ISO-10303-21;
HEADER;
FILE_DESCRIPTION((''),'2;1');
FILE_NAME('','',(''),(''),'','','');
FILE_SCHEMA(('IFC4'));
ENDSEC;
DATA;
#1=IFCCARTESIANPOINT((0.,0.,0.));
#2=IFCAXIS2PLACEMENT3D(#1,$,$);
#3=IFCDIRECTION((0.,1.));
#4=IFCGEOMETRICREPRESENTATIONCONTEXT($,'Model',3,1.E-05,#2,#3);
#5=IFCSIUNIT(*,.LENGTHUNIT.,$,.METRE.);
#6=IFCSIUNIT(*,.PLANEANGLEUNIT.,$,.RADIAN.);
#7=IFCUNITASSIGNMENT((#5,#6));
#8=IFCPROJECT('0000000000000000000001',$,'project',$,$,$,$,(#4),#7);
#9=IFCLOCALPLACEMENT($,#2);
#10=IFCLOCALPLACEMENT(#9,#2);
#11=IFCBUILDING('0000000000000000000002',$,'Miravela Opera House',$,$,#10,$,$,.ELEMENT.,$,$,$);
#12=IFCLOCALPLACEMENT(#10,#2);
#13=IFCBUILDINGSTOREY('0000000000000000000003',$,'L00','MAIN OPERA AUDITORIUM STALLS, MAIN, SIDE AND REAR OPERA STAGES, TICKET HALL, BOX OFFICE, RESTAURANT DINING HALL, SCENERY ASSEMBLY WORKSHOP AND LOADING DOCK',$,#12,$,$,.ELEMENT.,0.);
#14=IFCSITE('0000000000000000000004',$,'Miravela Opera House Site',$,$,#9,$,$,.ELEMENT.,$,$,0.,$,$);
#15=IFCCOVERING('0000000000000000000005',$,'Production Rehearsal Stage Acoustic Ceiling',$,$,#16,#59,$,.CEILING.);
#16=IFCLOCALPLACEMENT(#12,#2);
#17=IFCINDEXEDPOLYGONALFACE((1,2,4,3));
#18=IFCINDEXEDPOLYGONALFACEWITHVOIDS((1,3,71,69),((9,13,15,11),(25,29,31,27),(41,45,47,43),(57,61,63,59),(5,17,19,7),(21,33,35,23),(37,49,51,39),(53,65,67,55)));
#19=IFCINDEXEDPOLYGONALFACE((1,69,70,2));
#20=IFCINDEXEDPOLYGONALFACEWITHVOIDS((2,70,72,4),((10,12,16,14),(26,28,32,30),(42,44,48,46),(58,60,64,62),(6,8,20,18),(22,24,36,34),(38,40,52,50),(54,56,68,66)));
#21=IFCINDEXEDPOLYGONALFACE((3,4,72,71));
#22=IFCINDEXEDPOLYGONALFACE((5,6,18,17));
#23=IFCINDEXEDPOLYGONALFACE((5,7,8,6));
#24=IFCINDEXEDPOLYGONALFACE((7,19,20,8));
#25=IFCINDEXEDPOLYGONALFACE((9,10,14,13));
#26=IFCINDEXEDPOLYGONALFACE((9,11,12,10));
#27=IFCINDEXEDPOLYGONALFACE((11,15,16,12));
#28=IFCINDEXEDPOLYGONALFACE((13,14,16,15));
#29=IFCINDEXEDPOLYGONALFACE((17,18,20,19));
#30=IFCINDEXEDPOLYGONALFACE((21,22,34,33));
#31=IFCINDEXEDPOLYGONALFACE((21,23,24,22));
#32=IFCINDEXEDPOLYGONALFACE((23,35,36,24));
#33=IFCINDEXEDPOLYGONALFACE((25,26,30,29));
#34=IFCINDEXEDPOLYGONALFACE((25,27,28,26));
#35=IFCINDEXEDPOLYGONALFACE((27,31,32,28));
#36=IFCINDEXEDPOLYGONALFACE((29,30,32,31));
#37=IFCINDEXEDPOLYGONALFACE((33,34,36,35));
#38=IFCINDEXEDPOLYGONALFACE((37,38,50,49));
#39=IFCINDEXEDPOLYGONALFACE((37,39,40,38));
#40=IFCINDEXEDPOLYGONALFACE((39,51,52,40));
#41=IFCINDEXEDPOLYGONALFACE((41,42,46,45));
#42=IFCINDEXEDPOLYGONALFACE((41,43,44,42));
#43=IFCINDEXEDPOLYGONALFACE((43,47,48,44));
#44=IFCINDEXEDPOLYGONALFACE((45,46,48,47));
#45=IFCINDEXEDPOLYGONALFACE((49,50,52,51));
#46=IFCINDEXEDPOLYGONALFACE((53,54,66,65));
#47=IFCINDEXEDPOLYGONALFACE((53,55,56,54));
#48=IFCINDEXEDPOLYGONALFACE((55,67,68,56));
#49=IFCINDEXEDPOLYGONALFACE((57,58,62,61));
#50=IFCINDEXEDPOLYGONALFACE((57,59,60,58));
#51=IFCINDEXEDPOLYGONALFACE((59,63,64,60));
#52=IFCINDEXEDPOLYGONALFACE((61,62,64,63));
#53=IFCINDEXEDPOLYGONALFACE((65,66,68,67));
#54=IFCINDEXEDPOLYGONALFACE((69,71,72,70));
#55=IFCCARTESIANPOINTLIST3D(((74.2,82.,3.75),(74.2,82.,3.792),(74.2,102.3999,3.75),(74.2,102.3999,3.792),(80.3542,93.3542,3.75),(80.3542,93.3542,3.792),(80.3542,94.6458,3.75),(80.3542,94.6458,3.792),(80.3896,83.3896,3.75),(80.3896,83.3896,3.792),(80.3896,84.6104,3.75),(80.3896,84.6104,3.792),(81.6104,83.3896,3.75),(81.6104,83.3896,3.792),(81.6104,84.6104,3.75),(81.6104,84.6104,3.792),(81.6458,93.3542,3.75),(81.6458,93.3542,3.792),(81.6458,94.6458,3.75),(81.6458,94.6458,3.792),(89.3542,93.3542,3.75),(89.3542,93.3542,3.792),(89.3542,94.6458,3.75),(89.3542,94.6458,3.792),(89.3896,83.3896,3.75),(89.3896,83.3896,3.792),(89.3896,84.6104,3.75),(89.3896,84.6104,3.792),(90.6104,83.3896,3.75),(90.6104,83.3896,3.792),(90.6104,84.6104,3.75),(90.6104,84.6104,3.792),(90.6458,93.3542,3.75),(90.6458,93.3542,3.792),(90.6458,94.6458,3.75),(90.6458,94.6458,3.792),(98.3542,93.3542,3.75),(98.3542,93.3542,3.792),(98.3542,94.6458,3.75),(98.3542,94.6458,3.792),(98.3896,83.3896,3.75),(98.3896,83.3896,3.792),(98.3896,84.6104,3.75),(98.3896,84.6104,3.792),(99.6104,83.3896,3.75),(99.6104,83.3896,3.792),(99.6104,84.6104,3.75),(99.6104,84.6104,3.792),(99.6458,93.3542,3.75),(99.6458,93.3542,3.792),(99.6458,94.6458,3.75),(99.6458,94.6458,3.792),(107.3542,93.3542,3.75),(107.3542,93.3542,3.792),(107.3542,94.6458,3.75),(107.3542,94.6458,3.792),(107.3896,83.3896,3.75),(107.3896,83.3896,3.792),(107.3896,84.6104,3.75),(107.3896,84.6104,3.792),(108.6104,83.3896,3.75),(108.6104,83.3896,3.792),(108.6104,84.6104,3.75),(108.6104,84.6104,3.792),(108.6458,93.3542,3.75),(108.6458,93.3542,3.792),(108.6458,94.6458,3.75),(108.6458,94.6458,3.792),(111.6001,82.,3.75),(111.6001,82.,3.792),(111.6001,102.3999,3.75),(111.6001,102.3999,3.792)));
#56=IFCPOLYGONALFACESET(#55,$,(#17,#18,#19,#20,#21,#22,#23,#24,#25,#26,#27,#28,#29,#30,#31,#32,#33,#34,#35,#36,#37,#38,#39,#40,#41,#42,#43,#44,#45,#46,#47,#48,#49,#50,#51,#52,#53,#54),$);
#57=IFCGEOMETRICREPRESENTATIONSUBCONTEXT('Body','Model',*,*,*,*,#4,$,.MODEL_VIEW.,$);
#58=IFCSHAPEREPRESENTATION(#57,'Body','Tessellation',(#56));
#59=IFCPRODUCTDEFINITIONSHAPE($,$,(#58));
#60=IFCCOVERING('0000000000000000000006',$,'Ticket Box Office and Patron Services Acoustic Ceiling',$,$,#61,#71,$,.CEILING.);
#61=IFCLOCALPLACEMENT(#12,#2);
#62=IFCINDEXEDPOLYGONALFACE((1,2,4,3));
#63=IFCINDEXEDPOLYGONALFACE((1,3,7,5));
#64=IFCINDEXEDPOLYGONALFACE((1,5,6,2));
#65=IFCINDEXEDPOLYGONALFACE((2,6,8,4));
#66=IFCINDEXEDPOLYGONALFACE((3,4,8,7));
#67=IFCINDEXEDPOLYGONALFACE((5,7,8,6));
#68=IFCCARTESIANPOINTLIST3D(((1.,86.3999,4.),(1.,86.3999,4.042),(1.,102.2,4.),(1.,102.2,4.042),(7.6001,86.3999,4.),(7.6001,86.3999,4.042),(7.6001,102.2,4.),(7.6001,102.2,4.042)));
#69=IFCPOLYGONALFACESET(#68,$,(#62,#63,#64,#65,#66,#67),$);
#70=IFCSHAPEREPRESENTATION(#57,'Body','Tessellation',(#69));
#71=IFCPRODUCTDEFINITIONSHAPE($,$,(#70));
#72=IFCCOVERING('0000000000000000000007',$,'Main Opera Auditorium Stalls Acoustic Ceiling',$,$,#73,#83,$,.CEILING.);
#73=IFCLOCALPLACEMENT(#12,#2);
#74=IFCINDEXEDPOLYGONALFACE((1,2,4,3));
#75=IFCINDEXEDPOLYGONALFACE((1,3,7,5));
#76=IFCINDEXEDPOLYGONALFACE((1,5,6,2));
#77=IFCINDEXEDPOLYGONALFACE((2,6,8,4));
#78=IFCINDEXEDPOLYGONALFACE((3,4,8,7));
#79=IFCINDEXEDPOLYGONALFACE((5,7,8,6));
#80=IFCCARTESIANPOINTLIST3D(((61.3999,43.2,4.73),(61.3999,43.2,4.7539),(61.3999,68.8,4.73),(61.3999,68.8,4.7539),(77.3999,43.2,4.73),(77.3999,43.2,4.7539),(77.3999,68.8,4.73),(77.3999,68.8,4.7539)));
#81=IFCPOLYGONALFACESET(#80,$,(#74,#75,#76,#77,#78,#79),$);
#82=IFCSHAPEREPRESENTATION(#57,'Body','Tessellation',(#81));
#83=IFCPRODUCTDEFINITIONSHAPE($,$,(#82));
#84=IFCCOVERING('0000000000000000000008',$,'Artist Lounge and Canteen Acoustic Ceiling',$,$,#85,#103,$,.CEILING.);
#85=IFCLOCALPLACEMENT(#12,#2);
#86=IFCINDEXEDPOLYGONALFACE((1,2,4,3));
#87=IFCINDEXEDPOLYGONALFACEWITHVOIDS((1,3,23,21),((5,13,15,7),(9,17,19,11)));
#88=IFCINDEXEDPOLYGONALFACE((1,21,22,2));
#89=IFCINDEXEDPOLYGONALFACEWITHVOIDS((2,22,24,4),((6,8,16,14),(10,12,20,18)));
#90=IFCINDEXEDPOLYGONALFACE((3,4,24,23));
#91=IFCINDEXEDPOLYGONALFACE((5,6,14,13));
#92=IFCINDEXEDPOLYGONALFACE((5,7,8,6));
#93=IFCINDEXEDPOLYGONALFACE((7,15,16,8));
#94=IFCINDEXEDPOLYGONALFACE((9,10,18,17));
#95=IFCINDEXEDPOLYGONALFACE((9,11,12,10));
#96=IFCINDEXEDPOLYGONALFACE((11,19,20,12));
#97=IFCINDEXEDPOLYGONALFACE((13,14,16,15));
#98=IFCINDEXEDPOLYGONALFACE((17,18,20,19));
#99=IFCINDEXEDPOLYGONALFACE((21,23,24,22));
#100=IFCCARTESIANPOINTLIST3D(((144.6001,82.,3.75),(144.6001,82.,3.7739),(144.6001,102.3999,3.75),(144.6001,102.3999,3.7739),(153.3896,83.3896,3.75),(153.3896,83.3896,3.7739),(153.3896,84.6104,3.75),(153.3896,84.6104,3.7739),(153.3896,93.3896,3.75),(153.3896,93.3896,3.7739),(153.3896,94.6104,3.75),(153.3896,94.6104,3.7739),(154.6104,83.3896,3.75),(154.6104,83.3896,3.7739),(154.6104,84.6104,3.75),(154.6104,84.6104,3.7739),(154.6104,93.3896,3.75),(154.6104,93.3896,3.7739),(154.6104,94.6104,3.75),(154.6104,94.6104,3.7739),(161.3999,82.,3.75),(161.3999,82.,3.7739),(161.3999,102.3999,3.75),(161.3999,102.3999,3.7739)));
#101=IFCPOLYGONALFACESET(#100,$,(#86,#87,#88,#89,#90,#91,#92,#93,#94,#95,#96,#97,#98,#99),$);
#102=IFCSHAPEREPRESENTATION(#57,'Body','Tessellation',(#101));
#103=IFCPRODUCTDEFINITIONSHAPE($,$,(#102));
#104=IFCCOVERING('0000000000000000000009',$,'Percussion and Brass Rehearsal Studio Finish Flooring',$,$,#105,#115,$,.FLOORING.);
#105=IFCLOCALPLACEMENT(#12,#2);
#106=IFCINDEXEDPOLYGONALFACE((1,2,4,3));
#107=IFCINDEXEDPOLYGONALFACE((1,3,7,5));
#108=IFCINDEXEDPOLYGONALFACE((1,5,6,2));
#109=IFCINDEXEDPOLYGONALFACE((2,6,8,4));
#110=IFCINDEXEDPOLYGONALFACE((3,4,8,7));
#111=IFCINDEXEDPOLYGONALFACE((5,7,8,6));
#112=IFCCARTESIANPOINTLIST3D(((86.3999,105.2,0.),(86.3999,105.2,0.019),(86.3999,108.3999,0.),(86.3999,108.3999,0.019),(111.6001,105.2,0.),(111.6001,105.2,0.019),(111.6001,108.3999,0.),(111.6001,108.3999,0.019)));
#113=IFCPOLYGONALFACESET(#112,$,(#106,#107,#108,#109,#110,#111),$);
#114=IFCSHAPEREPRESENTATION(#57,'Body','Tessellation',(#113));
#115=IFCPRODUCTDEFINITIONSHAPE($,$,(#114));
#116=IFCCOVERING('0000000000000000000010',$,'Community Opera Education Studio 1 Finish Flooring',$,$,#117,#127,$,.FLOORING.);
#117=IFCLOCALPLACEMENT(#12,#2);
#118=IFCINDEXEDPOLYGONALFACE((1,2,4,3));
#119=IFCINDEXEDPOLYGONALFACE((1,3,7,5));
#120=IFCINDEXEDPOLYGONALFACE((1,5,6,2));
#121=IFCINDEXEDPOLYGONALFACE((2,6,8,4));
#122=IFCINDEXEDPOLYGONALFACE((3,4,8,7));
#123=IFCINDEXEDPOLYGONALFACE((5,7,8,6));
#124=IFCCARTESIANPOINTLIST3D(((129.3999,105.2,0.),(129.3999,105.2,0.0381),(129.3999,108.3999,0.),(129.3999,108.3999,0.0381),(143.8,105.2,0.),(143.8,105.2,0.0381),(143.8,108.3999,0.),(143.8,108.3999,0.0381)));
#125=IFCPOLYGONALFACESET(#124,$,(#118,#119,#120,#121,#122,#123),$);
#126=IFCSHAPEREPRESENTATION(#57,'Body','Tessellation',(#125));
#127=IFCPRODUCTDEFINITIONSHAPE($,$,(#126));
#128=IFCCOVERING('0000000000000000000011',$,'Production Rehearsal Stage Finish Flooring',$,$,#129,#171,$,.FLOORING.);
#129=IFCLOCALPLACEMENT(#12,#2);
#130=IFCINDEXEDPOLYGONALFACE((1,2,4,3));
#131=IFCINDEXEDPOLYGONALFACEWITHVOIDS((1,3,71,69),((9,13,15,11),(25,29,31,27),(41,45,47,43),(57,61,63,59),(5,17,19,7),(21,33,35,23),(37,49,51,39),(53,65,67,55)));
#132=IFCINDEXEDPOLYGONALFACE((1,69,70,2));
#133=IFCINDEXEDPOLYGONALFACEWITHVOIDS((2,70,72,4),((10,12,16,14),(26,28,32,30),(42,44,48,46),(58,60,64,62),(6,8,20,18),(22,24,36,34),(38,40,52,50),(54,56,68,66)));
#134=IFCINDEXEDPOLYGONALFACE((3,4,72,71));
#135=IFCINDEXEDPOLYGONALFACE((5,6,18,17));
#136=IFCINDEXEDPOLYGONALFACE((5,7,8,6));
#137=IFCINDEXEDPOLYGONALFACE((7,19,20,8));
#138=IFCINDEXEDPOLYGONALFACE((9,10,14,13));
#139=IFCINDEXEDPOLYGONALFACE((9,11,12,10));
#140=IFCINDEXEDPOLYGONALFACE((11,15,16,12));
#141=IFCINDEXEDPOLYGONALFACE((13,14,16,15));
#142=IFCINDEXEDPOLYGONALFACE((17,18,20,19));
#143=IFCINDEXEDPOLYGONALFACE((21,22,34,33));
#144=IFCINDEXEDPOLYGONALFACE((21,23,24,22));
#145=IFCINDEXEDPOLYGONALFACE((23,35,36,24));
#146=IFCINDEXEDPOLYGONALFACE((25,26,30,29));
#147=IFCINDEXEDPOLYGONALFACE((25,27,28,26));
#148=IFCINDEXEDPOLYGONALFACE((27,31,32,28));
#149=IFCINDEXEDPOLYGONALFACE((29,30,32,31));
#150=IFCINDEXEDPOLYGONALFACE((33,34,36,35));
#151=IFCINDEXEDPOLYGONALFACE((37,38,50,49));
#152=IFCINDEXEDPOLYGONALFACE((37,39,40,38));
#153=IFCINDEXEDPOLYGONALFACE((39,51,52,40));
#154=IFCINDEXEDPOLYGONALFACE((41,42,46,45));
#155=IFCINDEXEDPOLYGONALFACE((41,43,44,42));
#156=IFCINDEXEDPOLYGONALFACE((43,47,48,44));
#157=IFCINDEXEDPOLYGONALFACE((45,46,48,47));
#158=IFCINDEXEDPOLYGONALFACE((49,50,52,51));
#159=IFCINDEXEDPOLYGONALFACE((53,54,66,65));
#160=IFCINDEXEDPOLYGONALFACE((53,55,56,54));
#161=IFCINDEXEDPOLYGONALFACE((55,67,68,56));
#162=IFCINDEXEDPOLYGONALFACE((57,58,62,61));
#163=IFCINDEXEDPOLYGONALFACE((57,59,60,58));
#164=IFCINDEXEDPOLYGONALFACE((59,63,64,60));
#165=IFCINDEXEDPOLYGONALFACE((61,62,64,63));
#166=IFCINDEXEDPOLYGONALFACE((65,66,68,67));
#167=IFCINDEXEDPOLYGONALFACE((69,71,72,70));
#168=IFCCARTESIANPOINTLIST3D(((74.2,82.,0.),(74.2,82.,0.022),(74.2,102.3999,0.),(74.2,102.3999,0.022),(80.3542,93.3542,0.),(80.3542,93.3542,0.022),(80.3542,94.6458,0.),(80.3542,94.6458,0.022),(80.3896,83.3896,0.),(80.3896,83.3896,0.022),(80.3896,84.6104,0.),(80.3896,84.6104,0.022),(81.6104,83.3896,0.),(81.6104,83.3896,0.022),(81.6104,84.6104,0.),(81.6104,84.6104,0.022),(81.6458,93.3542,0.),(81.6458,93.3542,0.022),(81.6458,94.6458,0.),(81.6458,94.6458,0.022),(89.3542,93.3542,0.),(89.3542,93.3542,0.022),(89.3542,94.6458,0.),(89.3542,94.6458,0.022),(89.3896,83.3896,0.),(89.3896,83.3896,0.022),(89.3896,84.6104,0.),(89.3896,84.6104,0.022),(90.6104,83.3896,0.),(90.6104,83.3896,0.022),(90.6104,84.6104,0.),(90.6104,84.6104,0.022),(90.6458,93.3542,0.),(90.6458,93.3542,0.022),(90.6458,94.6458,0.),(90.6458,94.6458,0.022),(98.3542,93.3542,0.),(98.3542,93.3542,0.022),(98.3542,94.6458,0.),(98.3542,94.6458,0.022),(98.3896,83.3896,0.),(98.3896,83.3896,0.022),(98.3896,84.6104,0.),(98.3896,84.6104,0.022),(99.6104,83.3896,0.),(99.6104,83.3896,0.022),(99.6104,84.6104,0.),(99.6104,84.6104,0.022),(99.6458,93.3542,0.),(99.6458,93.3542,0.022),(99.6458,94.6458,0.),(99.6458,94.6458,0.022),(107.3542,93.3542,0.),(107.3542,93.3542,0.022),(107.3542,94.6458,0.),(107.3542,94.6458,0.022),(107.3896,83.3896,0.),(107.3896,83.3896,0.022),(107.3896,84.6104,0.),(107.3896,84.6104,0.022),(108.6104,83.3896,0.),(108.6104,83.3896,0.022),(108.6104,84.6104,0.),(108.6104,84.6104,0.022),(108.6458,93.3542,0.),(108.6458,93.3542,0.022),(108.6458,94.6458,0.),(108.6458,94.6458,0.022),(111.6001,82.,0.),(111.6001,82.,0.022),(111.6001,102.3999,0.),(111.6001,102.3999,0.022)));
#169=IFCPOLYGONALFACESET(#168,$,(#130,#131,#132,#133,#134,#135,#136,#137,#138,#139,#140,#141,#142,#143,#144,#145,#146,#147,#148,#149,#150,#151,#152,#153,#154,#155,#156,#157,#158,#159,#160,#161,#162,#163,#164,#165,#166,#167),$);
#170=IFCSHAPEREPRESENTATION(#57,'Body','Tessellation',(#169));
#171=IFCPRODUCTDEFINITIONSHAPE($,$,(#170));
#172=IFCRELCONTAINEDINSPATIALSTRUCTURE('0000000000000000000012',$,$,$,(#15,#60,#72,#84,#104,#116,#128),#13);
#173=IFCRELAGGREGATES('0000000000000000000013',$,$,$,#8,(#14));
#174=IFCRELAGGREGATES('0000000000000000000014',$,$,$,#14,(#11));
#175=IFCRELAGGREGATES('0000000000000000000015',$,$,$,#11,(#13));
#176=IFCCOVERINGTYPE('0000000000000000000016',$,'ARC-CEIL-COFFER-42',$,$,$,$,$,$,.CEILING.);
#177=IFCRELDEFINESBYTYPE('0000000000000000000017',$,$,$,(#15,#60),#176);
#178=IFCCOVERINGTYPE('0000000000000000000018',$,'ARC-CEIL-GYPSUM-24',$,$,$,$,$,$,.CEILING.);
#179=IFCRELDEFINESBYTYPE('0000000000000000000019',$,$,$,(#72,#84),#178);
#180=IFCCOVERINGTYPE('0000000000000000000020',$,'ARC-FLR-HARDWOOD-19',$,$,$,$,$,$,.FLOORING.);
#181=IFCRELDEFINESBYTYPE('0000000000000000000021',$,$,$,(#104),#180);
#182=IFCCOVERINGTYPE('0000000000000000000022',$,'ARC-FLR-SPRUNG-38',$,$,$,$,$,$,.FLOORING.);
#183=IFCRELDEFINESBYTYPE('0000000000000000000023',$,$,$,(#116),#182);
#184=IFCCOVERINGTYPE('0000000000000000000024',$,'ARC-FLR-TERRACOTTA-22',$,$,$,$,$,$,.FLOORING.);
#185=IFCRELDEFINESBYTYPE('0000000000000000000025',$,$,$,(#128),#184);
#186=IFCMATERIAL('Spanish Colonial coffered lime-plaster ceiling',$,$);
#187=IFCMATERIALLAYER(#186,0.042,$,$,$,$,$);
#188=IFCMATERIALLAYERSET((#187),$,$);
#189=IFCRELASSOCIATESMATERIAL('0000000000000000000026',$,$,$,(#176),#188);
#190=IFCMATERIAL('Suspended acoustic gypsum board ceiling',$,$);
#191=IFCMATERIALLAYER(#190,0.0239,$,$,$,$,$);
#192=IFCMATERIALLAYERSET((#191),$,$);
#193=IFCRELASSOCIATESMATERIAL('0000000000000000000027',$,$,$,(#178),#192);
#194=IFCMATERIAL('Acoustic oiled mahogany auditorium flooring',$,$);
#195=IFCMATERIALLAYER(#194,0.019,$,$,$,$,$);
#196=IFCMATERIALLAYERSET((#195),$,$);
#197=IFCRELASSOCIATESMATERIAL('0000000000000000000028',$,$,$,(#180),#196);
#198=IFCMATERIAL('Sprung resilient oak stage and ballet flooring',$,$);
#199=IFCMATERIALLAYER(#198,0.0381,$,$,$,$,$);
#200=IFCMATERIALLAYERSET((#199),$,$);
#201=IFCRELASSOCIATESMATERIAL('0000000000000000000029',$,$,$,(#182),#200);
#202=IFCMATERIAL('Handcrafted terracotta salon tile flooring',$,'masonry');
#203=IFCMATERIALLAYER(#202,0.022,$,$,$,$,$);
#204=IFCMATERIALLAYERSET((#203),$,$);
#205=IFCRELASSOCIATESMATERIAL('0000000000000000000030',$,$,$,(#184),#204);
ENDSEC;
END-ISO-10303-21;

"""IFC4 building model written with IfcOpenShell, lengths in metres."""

from ifc_helpers import new_model, si_unit, direction, frame, origin, place, context, subcontext, project, spatial, polyline, outline, extrude, material, layer, layer_set, type_object, element, save


model = new_model("IFC4")

# Units and contexts
model_context = context("Model", 3, precision=1e-05, world=origin(), true_north=direction((0.0, 1.0)))
body_context = subcontext(model_context, "Body", "Model", "MODEL_VIEW")
ifc_project = project(units=[si_unit("LENGTHUNIT", "METRE"), si_unit("PLANEANGLEUNIT", "RADIAN")], contexts=[model_context])

# Site, building, storey
site_placement = place(None, origin())
site = spatial("IfcSite", under=ifc_project, at=site_placement, Name="Miravela Opera House Site", CompositionType="ELEMENT", RefElevation=0.0)
building_placement = place(site_placement, origin())
building = spatial("IfcBuilding", under=site, at=building_placement, Name="Miravela Opera House", CompositionType="ELEMENT")
storey_placement = place(building_placement, origin())
storey = spatial("IfcBuildingStorey", under=building, at=storey_placement, Name="L00", Description="MAIN OPERA AUDITORIUM STALLS, MAIN, SIDE AND REAR OPERA STAGES, TICKET HALL, BOX OFFICE, RESTAURANT DINING HALL, SCENERY ASSEMBLY WORKSHOP AND LOADING DOCK", CompositionType="ELEMENT", Elevation=0.0)

# Coverings
ifc_material_1 = material(Name="Spanish Colonial coffered lime-plaster ceiling")
ifc_layer_1 = layer(ifc_material_1, 0.042)
ifc_layer_set_1 = layer_set([ifc_layer_1])
covering_type_1 = type_object("IfcCoveringType", Name="ARC-CEIL-COFFER-42", PredefinedType="CEILING", material=ifc_layer_set_1)
covering_1_placement = place(storey_placement, frame((0.0, 0.0, 3.75)))
element("IfcCovering", 1, at=covering_1_placement, inside=storey, type_object=covering_type_1, Name="Production Rehearsal Stage Acoustic Ceiling", PredefinedType="CEILING", context=body_context, shape_type="SweptSolid", body=[
    extrude(outline(polyline([(74.2, 82.0), (111.6001, 82.0), (111.6001, 102.3999), (74.2, 102.3999), (74.2, 82.0)]), holes=[polyline([(80.3896, 83.3896), (81.6104, 83.3896), (81.6104, 84.6104), (80.3896, 84.6104), (80.3896, 83.3896)]), polyline([(80.3542, 93.3542), (81.6458, 93.3542), (81.6458, 94.6458), (80.3542, 94.6458), (80.3542, 93.3542)]), polyline([(89.3896, 83.3896), (90.6104, 83.3896), (90.6104, 84.6104), (89.3896, 84.6104), (89.3896, 83.3896)]), polyline([(89.3542, 93.3542), (90.6458, 93.3542), (90.6458, 94.6458), (89.3542, 94.6458), (89.3542, 93.3542)]), polyline([(98.3896, 83.3896), (99.6104, 83.3896), (99.6104, 84.6104), (98.3896, 84.6104), (98.3896, 83.3896)]), polyline([(98.3542, 93.3542), (99.6458, 93.3542), (99.6458, 94.6458), (98.3542, 94.6458), (98.3542, 93.3542)]), polyline([(107.3896, 83.3896), (108.6104, 83.3896), (108.6104, 84.6104), (107.3896, 84.6104), (107.3896, 83.3896)]), polyline([(107.3542, 93.3542), (108.6458, 93.3542), (108.6458, 94.6458), (107.3542, 94.6458), (107.3542, 93.3542)])]), origin(), (0.0, 0.0, 1.0), 0.042),
])
covering_2_placement = place(storey_placement, frame((0.0, 0.0, 4.0)))
element("IfcCovering", 2, at=covering_2_placement, inside=storey, type_object=covering_type_1, Name="Ticket Box Office and Patron Services Acoustic Ceiling", PredefinedType="CEILING", context=body_context, shape_type="SweptSolid", body=[
    extrude(outline(polyline([(1.0, 86.3999), (7.6001, 86.3999), (7.6001, 102.2), (1.0, 102.2), (1.0, 86.3999)])), origin(), (0.0, 0.0, 1.0), 0.042),
])
ifc_material_2 = material(Name="Suspended acoustic gypsum board ceiling")
ifc_layer_2 = layer(ifc_material_2, 0.0239)
ifc_layer_set_2 = layer_set([ifc_layer_2])
covering_type_2 = type_object("IfcCoveringType", Name="ARC-CEIL-GYPSUM-24", PredefinedType="CEILING", material=ifc_layer_set_2)
covering_3_placement = place(storey_placement, frame((0.0, 0.0, 4.73)))
element("IfcCovering", 3, at=covering_3_placement, inside=storey, type_object=covering_type_2, Name="Main Opera Auditorium Stalls Acoustic Ceiling", PredefinedType="CEILING", context=body_context, shape_type="SweptSolid", body=[
    extrude(outline(polyline([(61.3999, 43.2), (77.3999, 43.2), (77.3999, 68.8), (61.3999, 68.8), (61.3999, 43.2)])), origin(), (0.0, 0.0, 1.0), 0.0239),
])
covering_4_placement = place(storey_placement, frame((0.0, 0.0, 3.75)))
element("IfcCovering", 4, at=covering_4_placement, inside=storey, type_object=covering_type_2, Name="Artist Lounge and Canteen Acoustic Ceiling", PredefinedType="CEILING", context=body_context, shape_type="SweptSolid", body=[
    extrude(outline(polyline([(144.6001, 82.0), (161.3999, 82.0), (161.3999, 102.3999), (144.6001, 102.3999), (144.6001, 82.0)]), holes=[polyline([(153.3896, 83.3896), (154.6104, 83.3896), (154.6104, 84.6104), (153.3896, 84.6104), (153.3896, 83.3896)]), polyline([(153.3896, 93.3896), (154.6104, 93.3896), (154.6104, 94.6104), (153.3896, 94.6104), (153.3896, 93.3896)])]), origin(), (0.0, 0.0, 1.0), 0.0239),
])
ifc_material_3 = material(Name="Acoustic oiled mahogany auditorium flooring")
ifc_layer_3 = layer(ifc_material_3, 0.019)
ifc_layer_set_3 = layer_set([ifc_layer_3])
covering_type_3 = type_object("IfcCoveringType", Name="ARC-FLR-HARDWOOD-19", PredefinedType="FLOORING", material=ifc_layer_set_3)
covering_5_placement = place(storey_placement, origin())
element("IfcCovering", 5, at=covering_5_placement, inside=storey, type_object=covering_type_3, Name="Percussion and Brass Rehearsal Studio Finish Flooring", PredefinedType="FLOORING", context=body_context, shape_type="SweptSolid", body=[
    extrude(outline(polyline([(86.3999, 105.2), (111.6001, 105.2), (111.6001, 108.3999), (86.3999, 108.3999), (86.3999, 105.2)])), origin(), (0.0, 0.0, 1.0), 0.019),
])
ifc_material_4 = material(Name="Sprung resilient oak stage and ballet flooring")
ifc_layer_4 = layer(ifc_material_4, 0.0381)
ifc_layer_set_4 = layer_set([ifc_layer_4])
covering_type_4 = type_object("IfcCoveringType", Name="ARC-FLR-SPRUNG-38", PredefinedType="FLOORING", material=ifc_layer_set_4)
covering_6_placement = place(storey_placement, origin())
element("IfcCovering", 6, at=covering_6_placement, inside=storey, type_object=covering_type_4, Name="Community Opera Education Studio 1 Finish Flooring", PredefinedType="FLOORING", context=body_context, shape_type="SweptSolid", body=[
    extrude(outline(polyline([(129.3999, 105.2), (143.8, 105.2), (143.8, 108.3999), (129.3999, 108.3999), (129.3999, 105.2)])), origin(), (0.0, 0.0, 1.0), 0.0381),
])
ifc_material_5 = material(Name="Handcrafted terracotta salon tile flooring", Category="masonry")
ifc_layer_5 = layer(ifc_material_5, 0.022)
ifc_layer_set_5 = layer_set([ifc_layer_5])
covering_type_5 = type_object("IfcCoveringType", Name="ARC-FLR-TERRACOTTA-22", PredefinedType="FLOORING", material=ifc_layer_set_5)
covering_7_placement = place(storey_placement, origin())
element("IfcCovering", 7, at=covering_7_placement, inside=storey, type_object=covering_type_5, Name="Production Rehearsal Stage Finish Flooring", PredefinedType="FLOORING", context=body_context, shape_type="SweptSolid", body=[
    extrude(outline(polyline([(74.2, 82.0), (111.6001, 82.0), (111.6001, 102.3999), (74.2, 102.3999), (74.2, 82.0)]), holes=[polyline([(80.3896, 83.3896), (81.6104, 83.3896), (81.6104, 84.6104), (80.3896, 84.6104), (80.3896, 83.3896)]), polyline([(80.3542, 93.3542), (81.6458, 93.3542), (81.6458, 94.6458), (80.3542, 94.6458), (80.3542, 93.3542)]), polyline([(89.3896, 83.3896), (90.6104, 83.3896), (90.6104, 84.6104), (89.3896, 84.6104), (89.3896, 83.3896)]), polyline([(89.3542, 93.3542), (90.6458, 93.3542), (90.6458, 94.6458), (89.3542, 94.6458), (89.3542, 93.3542)]), polyline([(98.3896, 83.3896), (99.6104, 83.3896), (99.6104, 84.6104), (98.3896, 84.6104), (98.3896, 83.3896)]), polyline([(98.3542, 93.3542), (99.6458, 93.3542), (99.6458, 94.6458), (98.3542, 94.6458), (98.3542, 93.3542)]), polyline([(107.3896, 83.3896), (108.6104, 83.3896), (108.6104, 84.6104), (107.3896, 84.6104), (107.3896, 83.3896)]), polyline([(107.3542, 93.3542), (108.6458, 93.3542), (108.6458, 94.6458), (107.3542, 94.6458), (107.3542, 93.3542)])]), origin(), (0.0, 0.0, 1.0), 0.022),
])

save(model, "model.ifc")
